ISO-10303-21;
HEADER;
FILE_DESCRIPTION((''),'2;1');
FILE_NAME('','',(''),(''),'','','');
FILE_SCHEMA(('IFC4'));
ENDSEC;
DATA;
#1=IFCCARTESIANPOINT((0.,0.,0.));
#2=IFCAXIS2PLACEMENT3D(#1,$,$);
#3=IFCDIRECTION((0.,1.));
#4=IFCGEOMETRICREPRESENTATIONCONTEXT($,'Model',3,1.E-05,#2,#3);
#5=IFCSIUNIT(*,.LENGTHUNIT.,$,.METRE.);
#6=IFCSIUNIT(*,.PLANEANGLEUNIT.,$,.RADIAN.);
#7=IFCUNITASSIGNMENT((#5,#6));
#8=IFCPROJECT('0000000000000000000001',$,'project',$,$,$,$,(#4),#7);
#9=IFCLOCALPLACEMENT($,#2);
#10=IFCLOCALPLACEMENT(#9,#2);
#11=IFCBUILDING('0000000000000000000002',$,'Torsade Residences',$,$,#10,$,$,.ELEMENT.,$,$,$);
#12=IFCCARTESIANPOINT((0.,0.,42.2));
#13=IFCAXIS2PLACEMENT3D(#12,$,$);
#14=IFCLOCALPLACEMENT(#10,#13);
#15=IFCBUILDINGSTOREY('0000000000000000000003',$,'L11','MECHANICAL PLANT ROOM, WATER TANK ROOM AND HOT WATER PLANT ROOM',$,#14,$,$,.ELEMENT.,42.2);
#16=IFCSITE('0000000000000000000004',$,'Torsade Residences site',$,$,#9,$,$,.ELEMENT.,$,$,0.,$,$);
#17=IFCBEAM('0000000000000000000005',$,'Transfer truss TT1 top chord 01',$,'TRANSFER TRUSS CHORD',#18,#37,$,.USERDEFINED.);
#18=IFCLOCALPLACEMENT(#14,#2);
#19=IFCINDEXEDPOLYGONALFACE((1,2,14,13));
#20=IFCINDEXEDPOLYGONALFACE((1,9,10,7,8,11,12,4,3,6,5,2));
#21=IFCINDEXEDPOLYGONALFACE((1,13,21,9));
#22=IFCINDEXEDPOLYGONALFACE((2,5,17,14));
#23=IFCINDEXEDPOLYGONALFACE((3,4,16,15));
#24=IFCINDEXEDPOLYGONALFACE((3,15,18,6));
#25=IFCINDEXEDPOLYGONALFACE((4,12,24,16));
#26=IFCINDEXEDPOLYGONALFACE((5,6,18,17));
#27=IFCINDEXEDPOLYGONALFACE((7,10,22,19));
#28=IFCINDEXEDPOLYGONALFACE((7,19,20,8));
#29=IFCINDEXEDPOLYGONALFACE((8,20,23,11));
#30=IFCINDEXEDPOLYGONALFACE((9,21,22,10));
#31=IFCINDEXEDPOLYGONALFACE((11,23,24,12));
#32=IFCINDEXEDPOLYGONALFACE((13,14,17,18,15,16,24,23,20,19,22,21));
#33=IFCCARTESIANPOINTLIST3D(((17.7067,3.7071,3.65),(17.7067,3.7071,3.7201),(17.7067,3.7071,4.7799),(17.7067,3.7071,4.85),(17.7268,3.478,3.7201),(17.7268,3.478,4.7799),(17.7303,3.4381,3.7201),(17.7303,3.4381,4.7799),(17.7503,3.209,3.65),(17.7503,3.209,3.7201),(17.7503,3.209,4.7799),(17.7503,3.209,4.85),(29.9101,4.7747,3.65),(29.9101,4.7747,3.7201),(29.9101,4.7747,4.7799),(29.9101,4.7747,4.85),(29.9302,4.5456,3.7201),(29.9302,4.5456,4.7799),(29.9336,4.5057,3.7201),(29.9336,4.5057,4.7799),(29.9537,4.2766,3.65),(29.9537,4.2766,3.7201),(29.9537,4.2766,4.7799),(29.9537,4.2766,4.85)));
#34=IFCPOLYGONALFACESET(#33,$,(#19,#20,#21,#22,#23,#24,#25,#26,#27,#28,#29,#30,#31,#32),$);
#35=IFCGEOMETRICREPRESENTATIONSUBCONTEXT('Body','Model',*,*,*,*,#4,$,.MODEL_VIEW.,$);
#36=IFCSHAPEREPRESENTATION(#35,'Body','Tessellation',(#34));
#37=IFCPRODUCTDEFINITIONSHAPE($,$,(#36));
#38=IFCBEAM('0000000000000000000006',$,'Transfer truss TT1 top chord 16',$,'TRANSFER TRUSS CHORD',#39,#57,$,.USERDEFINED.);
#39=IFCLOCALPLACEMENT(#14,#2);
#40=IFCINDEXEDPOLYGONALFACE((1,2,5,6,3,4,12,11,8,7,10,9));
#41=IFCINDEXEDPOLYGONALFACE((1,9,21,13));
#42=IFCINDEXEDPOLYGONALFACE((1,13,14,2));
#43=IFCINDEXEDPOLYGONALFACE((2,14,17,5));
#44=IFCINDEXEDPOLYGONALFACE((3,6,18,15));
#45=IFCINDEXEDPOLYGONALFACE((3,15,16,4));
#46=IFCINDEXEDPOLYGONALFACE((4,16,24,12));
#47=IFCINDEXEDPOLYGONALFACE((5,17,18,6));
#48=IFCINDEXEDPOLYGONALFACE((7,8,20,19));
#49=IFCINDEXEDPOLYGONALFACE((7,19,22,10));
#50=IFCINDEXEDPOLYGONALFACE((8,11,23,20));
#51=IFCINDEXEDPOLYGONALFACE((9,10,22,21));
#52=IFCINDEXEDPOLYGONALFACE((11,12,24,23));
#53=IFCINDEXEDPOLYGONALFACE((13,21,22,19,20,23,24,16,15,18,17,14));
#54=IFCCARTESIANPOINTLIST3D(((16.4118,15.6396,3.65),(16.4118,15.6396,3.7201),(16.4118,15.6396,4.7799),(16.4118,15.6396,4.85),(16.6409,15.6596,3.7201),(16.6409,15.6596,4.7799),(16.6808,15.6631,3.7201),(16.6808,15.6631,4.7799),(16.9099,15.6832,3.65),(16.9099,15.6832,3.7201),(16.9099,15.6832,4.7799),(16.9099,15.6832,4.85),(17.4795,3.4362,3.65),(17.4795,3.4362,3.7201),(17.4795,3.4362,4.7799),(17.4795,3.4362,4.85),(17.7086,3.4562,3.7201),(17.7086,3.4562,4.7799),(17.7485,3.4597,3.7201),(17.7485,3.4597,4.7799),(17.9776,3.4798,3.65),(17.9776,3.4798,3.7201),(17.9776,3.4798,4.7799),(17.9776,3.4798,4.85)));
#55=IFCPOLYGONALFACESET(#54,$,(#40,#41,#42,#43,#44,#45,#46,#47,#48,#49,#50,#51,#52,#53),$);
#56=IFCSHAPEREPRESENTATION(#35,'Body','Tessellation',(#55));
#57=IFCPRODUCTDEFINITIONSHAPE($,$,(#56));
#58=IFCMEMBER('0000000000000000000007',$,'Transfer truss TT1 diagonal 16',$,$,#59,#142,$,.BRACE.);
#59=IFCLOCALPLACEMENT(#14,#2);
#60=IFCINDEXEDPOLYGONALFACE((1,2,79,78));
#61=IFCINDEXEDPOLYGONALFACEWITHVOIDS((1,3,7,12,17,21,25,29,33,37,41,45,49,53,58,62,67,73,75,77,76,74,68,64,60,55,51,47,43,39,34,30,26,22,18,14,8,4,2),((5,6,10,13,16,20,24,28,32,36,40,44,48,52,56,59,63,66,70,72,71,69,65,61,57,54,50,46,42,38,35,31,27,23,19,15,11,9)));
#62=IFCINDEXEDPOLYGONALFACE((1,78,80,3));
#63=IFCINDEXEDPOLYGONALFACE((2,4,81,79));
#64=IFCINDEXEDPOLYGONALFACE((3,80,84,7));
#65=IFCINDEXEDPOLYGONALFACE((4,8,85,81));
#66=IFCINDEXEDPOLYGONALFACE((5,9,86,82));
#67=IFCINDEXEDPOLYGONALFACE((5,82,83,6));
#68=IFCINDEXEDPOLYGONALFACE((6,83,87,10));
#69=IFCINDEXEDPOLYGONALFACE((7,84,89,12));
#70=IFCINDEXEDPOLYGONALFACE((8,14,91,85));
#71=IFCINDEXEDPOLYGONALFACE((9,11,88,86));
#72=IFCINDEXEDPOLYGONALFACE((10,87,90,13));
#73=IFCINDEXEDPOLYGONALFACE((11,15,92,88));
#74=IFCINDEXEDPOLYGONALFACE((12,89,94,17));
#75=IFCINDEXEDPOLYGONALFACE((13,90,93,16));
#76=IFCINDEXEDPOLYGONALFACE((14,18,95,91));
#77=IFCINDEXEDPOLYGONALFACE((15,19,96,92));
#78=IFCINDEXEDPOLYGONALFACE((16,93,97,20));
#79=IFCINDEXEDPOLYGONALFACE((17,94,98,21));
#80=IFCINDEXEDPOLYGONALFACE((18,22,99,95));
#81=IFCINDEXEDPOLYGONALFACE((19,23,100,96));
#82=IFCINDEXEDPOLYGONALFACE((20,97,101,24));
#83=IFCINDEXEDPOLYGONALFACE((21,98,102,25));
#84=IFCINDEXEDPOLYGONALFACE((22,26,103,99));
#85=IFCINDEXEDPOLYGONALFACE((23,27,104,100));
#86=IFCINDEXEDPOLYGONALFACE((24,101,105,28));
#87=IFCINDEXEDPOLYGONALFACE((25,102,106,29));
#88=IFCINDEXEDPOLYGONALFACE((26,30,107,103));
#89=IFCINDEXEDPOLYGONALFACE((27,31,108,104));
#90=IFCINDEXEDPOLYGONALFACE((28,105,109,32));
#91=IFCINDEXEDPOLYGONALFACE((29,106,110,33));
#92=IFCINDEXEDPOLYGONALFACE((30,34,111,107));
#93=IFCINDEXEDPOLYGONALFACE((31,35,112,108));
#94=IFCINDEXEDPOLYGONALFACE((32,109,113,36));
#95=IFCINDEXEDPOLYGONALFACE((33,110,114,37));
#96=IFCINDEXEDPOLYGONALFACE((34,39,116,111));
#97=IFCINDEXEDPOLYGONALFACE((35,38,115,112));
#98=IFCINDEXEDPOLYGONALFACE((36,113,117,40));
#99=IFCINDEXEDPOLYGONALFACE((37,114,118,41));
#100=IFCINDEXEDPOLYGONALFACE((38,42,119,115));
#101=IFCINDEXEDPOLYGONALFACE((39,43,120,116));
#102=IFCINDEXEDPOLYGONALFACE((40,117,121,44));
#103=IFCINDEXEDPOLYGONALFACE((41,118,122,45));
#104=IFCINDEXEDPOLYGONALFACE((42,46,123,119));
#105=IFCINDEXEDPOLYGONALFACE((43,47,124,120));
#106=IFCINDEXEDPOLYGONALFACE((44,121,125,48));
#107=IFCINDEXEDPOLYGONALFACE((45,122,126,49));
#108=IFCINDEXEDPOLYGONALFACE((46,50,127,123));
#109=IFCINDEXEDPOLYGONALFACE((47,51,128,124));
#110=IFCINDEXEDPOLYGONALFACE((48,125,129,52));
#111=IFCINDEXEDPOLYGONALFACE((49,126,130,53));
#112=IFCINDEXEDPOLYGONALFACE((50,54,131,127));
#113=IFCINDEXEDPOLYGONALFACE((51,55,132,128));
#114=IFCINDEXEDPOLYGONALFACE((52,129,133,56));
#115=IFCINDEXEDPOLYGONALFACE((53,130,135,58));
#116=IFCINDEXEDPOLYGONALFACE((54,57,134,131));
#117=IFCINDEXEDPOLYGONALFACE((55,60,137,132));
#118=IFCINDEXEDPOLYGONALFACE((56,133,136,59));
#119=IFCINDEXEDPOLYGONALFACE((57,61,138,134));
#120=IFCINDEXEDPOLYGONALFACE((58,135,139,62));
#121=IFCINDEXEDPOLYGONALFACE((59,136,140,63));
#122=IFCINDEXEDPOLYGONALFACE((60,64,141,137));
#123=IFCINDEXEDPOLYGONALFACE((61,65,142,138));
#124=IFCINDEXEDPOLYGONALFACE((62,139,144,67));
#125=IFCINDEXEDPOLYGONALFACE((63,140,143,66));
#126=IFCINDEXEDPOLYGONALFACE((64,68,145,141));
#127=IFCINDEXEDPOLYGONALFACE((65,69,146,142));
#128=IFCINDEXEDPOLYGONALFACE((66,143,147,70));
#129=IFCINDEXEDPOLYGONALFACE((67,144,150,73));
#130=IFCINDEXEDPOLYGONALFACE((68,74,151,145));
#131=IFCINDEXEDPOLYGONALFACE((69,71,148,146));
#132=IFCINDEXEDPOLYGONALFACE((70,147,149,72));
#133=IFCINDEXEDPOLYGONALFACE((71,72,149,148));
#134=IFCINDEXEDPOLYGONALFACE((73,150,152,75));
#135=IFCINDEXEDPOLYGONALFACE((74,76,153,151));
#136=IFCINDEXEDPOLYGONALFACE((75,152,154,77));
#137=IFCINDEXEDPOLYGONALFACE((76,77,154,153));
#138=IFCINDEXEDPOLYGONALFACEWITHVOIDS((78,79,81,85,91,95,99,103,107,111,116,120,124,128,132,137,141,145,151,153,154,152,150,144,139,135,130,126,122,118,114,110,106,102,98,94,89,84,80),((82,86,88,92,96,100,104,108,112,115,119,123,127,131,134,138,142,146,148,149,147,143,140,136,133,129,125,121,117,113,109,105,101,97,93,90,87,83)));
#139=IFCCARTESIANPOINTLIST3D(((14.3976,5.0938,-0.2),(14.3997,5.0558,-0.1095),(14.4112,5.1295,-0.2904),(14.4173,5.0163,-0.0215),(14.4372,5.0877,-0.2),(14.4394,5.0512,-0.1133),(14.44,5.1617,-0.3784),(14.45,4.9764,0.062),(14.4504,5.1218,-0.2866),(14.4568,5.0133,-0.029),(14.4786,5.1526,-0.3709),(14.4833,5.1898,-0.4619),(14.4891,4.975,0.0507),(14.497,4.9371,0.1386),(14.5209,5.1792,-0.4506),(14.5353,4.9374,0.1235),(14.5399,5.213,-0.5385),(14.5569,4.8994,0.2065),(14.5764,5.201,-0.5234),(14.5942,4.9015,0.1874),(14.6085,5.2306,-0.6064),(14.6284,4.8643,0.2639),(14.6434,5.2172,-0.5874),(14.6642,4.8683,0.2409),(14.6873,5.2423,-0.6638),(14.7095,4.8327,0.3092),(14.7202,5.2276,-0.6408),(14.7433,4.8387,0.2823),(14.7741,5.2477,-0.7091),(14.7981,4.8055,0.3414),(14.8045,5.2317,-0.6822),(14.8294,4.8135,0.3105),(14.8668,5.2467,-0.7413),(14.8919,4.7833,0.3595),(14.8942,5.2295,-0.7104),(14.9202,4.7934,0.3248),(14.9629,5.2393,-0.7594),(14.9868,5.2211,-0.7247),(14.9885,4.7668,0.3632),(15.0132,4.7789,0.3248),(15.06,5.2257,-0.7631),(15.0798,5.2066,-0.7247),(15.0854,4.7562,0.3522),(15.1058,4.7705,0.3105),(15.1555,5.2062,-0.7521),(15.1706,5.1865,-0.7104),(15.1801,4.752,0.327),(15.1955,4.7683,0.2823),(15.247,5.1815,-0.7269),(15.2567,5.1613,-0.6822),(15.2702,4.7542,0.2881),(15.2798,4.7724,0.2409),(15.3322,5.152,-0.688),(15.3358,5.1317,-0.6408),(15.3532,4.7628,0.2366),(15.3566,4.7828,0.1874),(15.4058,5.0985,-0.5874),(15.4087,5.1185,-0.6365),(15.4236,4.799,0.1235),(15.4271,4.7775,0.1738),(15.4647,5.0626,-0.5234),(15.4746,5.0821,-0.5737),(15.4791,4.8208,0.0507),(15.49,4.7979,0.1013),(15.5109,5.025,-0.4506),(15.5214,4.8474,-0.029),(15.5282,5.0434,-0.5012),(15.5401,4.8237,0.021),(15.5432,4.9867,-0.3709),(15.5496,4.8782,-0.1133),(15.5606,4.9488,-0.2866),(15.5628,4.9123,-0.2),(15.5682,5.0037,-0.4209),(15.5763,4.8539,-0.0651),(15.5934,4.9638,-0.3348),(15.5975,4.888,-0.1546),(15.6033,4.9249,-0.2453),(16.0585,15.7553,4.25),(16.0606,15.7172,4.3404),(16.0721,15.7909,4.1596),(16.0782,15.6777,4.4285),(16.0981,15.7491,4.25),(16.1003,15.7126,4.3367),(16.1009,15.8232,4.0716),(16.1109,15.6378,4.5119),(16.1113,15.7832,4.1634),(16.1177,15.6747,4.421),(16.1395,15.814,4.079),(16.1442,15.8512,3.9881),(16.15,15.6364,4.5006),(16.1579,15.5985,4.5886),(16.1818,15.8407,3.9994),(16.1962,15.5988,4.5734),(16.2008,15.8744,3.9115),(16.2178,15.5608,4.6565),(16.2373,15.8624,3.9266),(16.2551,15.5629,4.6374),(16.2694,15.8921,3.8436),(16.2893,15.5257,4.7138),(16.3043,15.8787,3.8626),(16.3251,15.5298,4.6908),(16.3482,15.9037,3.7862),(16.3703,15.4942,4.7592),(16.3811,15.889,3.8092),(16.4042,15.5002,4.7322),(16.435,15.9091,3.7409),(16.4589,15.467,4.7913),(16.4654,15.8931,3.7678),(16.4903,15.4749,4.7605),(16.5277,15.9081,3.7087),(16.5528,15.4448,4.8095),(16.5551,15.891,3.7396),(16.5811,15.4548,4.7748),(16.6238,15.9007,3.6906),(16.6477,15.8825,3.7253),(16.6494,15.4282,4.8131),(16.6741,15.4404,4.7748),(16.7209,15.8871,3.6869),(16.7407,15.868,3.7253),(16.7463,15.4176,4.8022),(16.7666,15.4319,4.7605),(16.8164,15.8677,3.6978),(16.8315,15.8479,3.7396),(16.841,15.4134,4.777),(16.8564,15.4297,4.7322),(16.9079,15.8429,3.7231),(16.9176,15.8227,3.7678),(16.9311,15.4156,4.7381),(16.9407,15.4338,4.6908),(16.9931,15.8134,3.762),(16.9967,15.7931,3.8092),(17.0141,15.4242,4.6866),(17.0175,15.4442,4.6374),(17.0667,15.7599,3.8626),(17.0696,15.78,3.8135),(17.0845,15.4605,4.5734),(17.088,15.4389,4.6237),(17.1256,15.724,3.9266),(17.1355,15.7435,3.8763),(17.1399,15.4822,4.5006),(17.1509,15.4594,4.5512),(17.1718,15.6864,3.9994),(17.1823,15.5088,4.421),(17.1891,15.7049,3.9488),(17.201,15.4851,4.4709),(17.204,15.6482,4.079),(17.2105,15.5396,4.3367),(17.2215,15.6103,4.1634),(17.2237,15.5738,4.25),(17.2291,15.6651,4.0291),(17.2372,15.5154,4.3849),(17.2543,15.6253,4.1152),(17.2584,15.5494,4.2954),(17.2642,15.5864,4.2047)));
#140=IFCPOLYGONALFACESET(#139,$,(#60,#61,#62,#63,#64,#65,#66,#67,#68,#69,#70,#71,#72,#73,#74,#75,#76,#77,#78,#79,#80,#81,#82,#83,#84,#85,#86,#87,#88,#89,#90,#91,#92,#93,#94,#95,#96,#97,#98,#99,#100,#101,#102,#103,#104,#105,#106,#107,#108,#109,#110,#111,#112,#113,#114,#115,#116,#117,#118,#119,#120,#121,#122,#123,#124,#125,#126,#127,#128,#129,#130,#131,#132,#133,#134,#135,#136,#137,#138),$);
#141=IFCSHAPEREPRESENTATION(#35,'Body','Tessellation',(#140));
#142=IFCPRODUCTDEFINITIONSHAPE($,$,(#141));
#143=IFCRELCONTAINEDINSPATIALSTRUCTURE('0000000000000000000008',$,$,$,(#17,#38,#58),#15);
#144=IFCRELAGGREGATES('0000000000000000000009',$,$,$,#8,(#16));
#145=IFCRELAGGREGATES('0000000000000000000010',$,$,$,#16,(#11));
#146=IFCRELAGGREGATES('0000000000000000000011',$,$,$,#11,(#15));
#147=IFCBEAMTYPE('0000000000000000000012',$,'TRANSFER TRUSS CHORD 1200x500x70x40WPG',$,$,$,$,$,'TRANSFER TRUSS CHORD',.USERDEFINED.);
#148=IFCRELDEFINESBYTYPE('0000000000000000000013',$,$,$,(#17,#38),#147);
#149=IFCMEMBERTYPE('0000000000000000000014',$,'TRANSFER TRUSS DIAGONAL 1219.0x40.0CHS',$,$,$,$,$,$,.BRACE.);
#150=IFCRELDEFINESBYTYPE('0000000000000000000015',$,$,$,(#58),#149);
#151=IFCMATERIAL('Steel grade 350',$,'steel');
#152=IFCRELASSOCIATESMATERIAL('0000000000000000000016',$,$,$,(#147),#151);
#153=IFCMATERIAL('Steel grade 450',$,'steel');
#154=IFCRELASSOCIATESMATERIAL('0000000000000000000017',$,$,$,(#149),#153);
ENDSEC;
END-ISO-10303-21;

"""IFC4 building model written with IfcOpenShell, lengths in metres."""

from ifc_helpers import new_model, si_unit, direction, frame, origin, origin_2d, place, context, subcontext, project, spatial, hollow_circle, i_section, extrude, material, material_profile, profile_set, type_object, element, save


model = new_model("IFC4")

# Units and contexts
model_context = context("Model", 3, precision=1e-05, world=origin(), true_north=direction((0.0, 1.0)))
body_context = subcontext(model_context, "Body", "Model", "MODEL_VIEW")
ifc_project = project(units=[si_unit("LENGTHUNIT", "METRE"), si_unit("PLANEANGLEUNIT", "RADIAN")], contexts=[model_context])

# Site, building, storey
site_placement = place(None, origin())
site = spatial("IfcSite", under=ifc_project, at=site_placement, Name="Torsade Residences site", CompositionType="ELEMENT", RefElevation=0.0)
building_placement = place(site_placement, origin())
building = spatial("IfcBuilding", under=site, at=building_placement, Name="Torsade Residences", CompositionType="ELEMENT")
storey_placement = place(building_placement, frame((0.0, 0.0, 42.2)))
storey = spatial("IfcBuildingStorey", under=building, at=storey_placement, Name="L11", Description="MECHANICAL PLANT ROOM, WATER TANK ROOM AND HOT WATER PLANT ROOM", CompositionType="ELEMENT", Elevation=42.2)

# Beams
ifc_material_1 = material(Name="Steel grade 350", Category="steel")
ifc_material_profile_1 = material_profile(ifc_material_1, i_section(OverallWidth=0.5, OverallDepth=1.2, WebThickness=0.04, FlangeThickness=0.0701, at=origin_2d()), Name="1200x500x70x40WPG")
ifc_profile_set_1 = profile_set([ifc_material_profile_1], Name="Steel grade 350")
beam_type_1 = type_object("IfcBeamType", Name="TRANSFER TRUSS CHORD 1200x500x70x40WPG", ElementType="TRANSFER TRUSS CHORD", PredefinedType="USERDEFINED", material=ifc_profile_set_1)
for number, where, z_axis, x_axis, name in (
    (1, (17.7285, 3.458, 4.25), (0.996195, 0.087153, 0.0), (-0.087153, 0.996195, 0.0), "Transfer truss TT1 top chord 01"),
    (2, (16.6609, 15.6614, 4.25), (0.087153, -0.996195, 0.0), (0.996195, 0.087153, 0.0), "Transfer truss TT1 top chord 16"),
):
    element("IfcBeam", number, at=place(storey_placement, frame(where, z_axis=z_axis, x_axis=x_axis)), inside=storey, type_object=beam_type_1, Name=name, ObjectType="TRANSFER TRUSS CHORD", PredefinedType="USERDEFINED", context=body_context, shape_type="SweptSolid", body=[
        extrude(i_section(OverallWidth=0.5, OverallDepth=1.2, WebThickness=0.04, FlangeThickness=0.0701, at=origin_2d()), origin(), (0.0, 0.0, 1.0), 12.25),
    ])

# Member
ifc_material_2 = material(Name="Steel grade 450", Category="steel")
ifc_material_profile_2 = material_profile(ifc_material_2, hollow_circle(Radius=0.6096, WallThickness=0.04, at=origin_2d()), Name="1219.0x40.0CHS")
ifc_profile_set_2 = profile_set([ifc_material_profile_2], Name="Steel grade 450")
member_type_1 = type_object("IfcMemberType", Name="TRANSFER TRUSS DIAGONAL 1219.0x40.0CHS", PredefinedType="BRACE", material=ifc_profile_set_2)
member_1_placement = place(storey_placement, frame((15.0, 5.0, -0.2), z_axis=(0.142302, 0.913448, 0.381264), x_axis=(-0.988082, 0.153929, 0.0)))
element("IfcMember", 3, at=member_1_placement, inside=storey, type_object=member_type_1, Name="Transfer truss TT1 diagonal 16", PredefinedType="BRACE", context=body_context, shape_type="SweptSolid", body=[
    extrude(hollow_circle(Radius=0.6096, WallThickness=0.04, at=origin_2d()), origin(), (0.0, 0.0, 1.0), 11.6716),
])

save(model, "model.ifc")
